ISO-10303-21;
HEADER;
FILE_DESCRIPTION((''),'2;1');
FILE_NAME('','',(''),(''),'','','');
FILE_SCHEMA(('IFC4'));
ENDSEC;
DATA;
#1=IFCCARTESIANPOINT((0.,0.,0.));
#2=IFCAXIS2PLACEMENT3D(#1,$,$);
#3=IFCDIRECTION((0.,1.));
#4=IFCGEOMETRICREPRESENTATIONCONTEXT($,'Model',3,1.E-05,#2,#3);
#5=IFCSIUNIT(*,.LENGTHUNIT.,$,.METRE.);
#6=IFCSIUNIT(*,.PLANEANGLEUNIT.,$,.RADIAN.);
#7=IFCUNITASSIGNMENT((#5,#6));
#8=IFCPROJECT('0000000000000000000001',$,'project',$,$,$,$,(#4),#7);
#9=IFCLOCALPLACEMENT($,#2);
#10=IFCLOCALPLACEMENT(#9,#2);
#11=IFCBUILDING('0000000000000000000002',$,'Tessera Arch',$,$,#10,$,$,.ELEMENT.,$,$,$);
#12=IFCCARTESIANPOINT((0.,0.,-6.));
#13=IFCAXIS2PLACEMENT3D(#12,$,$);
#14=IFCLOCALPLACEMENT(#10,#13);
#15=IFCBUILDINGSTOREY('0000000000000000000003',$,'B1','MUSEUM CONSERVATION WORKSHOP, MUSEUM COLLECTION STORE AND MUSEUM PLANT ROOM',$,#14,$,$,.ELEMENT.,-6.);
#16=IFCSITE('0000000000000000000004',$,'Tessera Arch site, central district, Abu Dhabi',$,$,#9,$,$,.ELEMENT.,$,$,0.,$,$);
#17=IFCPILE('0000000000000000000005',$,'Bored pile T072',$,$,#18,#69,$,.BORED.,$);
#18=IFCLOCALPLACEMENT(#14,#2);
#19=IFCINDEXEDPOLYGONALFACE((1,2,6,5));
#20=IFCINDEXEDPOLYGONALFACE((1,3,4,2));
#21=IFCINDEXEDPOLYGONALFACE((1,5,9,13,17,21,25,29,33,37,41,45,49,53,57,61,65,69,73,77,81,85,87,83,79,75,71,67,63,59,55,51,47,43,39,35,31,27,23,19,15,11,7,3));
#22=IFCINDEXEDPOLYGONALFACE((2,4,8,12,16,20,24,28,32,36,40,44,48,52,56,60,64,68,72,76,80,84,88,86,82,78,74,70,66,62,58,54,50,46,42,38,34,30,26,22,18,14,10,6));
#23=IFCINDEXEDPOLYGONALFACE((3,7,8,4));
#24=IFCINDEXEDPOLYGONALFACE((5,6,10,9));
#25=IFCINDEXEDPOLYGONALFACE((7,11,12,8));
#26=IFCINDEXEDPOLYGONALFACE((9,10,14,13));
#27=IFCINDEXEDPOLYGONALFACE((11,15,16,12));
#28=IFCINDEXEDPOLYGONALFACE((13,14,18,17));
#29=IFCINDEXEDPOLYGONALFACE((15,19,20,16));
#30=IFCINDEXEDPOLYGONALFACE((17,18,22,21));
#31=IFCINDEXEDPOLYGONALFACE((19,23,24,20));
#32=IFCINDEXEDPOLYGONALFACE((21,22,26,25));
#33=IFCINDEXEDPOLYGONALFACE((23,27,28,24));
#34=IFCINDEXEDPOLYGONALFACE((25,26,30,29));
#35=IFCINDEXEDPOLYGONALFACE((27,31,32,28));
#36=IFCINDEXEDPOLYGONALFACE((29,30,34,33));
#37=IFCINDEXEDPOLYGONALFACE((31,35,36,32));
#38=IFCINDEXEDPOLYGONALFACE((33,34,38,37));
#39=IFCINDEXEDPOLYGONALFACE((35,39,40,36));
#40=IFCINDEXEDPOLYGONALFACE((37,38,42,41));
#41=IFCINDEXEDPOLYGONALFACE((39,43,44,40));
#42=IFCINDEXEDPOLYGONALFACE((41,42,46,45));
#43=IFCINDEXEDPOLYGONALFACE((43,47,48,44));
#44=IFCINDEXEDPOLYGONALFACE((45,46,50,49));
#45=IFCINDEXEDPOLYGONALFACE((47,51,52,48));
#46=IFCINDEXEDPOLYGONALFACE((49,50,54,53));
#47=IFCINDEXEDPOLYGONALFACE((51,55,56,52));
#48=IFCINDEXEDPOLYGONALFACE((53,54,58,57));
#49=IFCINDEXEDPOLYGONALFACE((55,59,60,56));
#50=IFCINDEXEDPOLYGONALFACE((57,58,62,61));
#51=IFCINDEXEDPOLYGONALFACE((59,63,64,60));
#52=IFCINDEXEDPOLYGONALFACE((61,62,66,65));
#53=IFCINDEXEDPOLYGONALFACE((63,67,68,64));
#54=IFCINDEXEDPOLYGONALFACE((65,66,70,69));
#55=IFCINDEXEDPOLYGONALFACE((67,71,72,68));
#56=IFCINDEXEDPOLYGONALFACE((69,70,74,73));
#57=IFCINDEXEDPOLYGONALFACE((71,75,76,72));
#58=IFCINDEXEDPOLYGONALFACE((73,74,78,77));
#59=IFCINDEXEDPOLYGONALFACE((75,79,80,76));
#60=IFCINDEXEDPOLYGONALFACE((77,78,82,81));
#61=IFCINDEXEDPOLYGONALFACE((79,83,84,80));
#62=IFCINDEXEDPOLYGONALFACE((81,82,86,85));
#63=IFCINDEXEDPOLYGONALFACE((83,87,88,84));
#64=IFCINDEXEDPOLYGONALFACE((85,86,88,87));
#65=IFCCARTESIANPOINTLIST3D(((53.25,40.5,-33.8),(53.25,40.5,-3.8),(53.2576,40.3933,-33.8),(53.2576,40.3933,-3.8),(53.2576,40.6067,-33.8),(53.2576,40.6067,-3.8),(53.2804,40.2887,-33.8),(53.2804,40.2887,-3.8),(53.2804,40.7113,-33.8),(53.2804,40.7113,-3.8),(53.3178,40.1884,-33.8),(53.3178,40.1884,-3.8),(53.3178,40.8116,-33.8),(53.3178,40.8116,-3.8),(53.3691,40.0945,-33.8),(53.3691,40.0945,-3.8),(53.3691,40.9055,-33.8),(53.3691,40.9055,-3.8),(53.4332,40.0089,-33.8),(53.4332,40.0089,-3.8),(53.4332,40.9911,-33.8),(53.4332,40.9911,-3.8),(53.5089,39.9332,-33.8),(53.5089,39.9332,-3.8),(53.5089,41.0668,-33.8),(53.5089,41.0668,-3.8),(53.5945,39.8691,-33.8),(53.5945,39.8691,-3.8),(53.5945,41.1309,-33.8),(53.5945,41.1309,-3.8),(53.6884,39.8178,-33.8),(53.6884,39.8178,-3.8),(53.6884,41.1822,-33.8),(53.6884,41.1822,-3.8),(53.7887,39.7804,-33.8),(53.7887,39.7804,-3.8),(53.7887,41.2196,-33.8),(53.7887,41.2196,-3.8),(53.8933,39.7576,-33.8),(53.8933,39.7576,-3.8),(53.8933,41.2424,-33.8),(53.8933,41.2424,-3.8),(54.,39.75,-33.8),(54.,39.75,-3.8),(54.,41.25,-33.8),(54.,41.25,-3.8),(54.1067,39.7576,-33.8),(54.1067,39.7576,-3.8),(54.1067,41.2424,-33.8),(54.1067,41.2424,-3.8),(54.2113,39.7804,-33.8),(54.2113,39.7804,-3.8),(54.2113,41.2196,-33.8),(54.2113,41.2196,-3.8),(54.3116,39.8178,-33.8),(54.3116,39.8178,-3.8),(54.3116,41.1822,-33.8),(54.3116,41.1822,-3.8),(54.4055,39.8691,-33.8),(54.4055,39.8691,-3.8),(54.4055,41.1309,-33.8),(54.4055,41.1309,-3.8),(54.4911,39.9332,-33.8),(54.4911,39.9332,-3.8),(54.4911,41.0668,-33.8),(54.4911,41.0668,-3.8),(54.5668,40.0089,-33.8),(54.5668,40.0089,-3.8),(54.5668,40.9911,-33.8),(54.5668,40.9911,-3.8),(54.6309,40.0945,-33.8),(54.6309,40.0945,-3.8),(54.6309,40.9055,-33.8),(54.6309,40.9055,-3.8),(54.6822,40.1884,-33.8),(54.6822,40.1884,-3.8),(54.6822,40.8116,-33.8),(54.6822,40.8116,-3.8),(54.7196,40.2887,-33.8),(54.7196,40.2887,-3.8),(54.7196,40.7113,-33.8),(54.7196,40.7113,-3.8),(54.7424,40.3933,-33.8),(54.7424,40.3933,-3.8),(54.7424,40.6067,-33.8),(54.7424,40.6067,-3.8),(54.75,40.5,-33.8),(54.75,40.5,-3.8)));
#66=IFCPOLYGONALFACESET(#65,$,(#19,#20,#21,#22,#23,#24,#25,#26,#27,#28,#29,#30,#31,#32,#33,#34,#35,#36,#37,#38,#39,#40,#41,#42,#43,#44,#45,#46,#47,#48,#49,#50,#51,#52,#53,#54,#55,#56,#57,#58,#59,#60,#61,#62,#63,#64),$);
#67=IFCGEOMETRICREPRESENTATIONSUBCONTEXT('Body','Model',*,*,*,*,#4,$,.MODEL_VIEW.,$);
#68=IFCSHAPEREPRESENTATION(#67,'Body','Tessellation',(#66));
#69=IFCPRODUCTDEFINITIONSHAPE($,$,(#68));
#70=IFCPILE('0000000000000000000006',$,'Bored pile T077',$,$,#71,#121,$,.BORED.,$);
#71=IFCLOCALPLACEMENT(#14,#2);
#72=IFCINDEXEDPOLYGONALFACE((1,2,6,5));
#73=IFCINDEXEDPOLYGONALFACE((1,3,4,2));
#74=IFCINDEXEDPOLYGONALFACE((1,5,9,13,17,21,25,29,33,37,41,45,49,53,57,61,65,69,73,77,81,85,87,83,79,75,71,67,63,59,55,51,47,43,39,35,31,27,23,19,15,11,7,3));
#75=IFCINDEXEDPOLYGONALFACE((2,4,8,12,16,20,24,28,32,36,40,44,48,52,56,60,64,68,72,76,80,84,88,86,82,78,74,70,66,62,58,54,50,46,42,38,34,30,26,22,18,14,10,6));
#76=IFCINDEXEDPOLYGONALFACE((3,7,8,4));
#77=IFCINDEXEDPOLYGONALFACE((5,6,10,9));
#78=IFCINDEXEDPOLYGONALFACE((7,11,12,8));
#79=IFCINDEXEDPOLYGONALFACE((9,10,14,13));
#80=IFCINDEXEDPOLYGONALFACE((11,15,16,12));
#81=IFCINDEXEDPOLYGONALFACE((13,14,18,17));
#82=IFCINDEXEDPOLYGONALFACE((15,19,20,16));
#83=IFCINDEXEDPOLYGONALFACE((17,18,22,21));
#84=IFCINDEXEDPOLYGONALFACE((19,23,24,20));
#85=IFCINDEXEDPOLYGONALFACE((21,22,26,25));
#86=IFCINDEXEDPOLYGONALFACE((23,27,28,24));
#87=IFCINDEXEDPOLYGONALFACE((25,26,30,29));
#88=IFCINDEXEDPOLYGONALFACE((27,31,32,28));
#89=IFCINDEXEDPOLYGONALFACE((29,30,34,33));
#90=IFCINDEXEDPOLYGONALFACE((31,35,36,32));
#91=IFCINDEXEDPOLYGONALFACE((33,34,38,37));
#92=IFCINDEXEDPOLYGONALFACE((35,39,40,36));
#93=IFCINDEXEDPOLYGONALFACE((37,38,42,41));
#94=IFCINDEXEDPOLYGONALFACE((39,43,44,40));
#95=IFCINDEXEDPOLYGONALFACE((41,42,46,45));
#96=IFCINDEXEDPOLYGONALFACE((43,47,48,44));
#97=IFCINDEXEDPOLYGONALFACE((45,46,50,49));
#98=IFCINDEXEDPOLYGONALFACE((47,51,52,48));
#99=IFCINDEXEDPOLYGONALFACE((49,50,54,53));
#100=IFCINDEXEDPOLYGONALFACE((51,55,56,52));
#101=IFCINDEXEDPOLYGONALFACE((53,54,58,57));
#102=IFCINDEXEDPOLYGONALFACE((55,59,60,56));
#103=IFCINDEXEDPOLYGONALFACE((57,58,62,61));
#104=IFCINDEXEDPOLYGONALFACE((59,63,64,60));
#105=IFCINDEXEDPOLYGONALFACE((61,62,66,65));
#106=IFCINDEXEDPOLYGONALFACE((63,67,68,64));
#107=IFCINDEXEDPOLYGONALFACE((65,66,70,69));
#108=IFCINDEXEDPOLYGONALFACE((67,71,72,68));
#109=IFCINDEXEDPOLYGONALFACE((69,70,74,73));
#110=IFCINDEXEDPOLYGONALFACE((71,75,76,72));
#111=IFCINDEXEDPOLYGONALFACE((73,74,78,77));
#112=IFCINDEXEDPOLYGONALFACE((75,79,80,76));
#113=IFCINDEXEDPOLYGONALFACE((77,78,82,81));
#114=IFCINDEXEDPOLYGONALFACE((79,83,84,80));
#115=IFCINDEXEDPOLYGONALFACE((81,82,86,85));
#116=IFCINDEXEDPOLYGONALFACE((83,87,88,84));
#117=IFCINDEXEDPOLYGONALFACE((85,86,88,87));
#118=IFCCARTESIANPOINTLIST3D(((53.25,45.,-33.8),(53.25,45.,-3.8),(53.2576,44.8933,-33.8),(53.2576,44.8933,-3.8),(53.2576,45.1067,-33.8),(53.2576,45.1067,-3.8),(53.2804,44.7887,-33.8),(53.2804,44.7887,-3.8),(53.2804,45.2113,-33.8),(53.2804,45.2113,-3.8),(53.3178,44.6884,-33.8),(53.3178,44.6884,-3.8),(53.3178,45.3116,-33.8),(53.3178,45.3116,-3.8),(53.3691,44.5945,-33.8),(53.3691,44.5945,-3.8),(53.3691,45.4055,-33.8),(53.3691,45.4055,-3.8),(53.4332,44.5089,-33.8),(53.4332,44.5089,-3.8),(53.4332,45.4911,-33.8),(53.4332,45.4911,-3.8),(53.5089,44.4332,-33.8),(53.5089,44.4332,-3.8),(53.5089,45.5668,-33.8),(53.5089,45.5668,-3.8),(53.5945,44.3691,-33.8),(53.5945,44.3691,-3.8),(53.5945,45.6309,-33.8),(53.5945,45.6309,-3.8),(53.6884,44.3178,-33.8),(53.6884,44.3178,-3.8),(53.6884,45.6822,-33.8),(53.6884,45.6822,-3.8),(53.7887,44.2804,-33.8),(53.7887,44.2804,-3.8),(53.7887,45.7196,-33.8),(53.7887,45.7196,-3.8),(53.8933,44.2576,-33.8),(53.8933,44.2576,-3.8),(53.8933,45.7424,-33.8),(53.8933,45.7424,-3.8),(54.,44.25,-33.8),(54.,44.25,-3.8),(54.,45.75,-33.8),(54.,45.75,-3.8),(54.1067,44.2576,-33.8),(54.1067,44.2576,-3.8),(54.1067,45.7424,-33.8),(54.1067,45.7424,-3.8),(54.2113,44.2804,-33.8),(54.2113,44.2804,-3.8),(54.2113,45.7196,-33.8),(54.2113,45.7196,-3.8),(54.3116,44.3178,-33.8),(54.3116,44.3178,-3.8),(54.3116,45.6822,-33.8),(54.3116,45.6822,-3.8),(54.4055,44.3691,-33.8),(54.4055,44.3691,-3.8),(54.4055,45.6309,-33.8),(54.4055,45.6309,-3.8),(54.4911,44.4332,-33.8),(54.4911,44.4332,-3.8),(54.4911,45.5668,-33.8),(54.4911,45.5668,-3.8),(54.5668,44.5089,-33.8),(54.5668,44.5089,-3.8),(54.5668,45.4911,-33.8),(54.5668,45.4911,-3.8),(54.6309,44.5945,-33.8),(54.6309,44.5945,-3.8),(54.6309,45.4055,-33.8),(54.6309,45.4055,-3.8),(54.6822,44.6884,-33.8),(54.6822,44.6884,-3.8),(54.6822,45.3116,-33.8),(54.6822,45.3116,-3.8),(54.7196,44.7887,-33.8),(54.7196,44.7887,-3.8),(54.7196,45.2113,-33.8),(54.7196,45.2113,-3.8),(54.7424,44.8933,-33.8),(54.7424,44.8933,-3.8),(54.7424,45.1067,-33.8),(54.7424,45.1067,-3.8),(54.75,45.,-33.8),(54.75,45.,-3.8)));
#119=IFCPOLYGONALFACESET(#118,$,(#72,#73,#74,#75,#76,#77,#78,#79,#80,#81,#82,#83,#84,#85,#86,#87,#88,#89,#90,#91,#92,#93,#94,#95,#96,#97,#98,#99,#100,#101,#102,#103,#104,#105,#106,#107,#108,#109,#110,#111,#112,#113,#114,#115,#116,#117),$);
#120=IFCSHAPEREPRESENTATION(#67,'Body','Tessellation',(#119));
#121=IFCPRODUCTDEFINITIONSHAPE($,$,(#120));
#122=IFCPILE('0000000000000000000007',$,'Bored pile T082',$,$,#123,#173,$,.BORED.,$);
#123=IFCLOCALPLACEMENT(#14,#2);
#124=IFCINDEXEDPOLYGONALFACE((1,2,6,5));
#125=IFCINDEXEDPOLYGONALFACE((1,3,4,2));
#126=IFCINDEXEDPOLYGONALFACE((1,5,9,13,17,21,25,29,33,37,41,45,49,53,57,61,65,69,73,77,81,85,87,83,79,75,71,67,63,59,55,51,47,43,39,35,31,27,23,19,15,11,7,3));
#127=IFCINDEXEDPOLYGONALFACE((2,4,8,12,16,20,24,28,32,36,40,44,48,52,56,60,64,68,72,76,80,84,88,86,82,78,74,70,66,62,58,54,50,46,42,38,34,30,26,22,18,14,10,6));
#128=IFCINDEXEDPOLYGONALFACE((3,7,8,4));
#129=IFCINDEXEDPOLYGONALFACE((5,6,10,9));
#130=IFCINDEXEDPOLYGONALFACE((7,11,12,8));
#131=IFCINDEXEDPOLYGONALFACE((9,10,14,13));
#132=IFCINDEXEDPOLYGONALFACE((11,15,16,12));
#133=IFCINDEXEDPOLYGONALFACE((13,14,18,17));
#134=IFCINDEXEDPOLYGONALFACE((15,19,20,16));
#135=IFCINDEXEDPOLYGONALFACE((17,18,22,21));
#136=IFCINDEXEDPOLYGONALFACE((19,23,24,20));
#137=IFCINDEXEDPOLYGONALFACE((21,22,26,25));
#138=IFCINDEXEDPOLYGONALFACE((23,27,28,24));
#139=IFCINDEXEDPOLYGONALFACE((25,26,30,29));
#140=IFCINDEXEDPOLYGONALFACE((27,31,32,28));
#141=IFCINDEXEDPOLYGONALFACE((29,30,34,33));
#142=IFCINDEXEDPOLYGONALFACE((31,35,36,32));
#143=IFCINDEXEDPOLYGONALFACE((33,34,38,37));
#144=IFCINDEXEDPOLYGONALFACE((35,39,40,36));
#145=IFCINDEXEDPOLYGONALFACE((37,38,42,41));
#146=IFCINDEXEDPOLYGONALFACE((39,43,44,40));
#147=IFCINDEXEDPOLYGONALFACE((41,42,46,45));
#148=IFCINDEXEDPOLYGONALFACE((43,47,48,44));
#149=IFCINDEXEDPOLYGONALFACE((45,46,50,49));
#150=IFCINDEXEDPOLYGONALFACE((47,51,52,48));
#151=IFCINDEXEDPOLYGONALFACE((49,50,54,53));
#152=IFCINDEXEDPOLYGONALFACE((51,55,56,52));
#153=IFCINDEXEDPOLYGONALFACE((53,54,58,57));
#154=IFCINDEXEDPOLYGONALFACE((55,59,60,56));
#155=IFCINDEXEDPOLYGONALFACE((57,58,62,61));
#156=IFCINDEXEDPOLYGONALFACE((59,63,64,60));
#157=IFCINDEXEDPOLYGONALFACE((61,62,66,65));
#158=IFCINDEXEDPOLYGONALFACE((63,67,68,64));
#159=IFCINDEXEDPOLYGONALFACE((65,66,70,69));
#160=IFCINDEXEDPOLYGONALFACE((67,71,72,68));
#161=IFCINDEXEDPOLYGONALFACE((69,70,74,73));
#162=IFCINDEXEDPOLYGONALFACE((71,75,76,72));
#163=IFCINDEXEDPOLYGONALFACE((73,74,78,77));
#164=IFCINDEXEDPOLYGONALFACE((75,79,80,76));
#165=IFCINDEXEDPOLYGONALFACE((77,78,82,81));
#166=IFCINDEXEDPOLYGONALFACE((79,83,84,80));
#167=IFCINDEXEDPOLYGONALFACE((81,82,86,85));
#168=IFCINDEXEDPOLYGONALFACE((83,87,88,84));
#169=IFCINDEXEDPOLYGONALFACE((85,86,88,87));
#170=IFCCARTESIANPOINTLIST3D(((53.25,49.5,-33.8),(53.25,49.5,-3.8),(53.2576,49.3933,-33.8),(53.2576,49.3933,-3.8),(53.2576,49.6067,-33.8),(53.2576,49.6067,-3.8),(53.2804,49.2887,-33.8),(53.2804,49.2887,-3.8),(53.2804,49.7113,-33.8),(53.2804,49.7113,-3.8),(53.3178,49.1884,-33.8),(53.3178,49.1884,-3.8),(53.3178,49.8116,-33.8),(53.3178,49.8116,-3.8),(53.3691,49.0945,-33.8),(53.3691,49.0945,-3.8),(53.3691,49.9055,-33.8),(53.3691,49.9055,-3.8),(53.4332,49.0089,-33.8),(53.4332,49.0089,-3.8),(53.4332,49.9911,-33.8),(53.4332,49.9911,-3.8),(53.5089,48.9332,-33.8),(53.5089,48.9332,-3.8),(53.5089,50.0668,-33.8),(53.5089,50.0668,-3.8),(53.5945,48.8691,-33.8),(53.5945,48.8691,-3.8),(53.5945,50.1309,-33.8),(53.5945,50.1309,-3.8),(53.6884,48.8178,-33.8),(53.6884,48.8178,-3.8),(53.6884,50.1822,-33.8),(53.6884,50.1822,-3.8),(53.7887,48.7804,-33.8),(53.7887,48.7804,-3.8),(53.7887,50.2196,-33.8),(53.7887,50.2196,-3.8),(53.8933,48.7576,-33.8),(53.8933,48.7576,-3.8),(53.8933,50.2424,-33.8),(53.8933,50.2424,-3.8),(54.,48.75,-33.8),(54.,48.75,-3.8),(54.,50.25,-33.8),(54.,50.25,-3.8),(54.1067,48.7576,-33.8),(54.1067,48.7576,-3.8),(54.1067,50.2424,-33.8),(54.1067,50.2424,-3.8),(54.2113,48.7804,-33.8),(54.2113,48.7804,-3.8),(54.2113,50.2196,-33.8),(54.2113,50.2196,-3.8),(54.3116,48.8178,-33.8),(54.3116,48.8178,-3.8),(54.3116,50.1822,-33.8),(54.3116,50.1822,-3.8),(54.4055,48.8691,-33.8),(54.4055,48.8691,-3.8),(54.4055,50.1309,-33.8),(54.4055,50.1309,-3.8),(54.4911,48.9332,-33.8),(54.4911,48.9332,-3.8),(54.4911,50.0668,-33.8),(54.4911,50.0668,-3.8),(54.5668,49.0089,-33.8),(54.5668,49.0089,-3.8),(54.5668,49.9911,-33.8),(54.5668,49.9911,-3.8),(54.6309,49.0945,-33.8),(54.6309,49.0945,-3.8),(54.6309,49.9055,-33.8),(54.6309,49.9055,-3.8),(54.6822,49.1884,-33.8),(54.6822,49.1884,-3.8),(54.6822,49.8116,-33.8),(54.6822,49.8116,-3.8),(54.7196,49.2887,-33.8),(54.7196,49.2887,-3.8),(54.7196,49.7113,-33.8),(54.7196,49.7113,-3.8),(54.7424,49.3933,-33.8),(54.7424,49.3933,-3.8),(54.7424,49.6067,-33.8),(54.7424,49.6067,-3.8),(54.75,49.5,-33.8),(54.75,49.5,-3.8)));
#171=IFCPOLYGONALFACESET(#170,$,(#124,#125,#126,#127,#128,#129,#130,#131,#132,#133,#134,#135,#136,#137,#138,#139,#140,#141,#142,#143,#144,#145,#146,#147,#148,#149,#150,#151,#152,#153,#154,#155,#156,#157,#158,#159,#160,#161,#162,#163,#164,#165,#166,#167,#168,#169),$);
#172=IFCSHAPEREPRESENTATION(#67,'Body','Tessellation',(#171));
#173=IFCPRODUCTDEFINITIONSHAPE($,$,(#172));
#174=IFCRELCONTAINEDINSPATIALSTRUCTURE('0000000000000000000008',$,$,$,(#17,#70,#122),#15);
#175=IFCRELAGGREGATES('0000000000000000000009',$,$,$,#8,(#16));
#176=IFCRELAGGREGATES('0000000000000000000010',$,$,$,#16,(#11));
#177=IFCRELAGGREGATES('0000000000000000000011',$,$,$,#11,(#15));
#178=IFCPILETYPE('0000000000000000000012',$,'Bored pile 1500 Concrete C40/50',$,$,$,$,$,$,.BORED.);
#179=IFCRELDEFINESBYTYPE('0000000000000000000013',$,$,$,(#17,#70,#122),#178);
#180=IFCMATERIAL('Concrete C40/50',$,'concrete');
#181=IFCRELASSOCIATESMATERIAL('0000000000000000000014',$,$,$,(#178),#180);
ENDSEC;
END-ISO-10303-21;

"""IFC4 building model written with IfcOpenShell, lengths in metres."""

from ifc_helpers import new_model, si_unit, direction, frame, origin, origin_2d, place, context, subcontext, project, spatial, circle, extrude, material, type_object, element, save


model = new_model("IFC4")

# Units and contexts
model_context = context("Model", 3, precision=1e-05, world=origin(), true_north=direction((0.0, 1.0)))
body_context = subcontext(model_context, "Body", "Model", "MODEL_VIEW")
ifc_project = project(units=[si_unit("LENGTHUNIT", "METRE"), si_unit("PLANEANGLEUNIT", "RADIAN")], contexts=[model_context])

# Site, building, storey
site_placement = place(None, origin())
site = spatial("IfcSite", under=ifc_project, at=site_placement, Name="Tessera Arch site, central district, Abu Dhabi", CompositionType="ELEMENT", RefElevation=0.0)
building_placement = place(site_placement, origin())
building = spatial("IfcBuilding", under=site, at=building_placement, Name="Tessera Arch", CompositionType="ELEMENT")
storey_placement = place(building_placement, frame((0.0, 0.0, -6.0)))
storey = spatial("IfcBuildingStorey", under=building, at=storey_placement, Name="B1", Description="MUSEUM CONSERVATION WORKSHOP, MUSEUM COLLECTION STORE AND MUSEUM PLANT ROOM", CompositionType="ELEMENT", Elevation=-6.0)

# Piles
ifc_material_1 = material(Name="Concrete C40/50", Category="concrete")
pile_type = type_object("IfcPileType", Name="Bored pile 1500 Concrete C40/50", PredefinedType="BORED", material=ifc_material_1)
for number, where, z_axis, x_axis, name in (
    (1, (54.0, 40.5, -3.8), (0.0, 0.0, -1.0), (1.0, 0.0, 0.0), "Bored pile T072"),
    (2, (54.0, 45.0, -3.8), (0.0, 0.0, -1.0), (1.0, 0.0, 0.0), "Bored pile T077"),
    (3, (54.0, 49.5, -3.8), (0.0, 0.0, -1.0), (1.0, 0.0, 0.0), "Bored pile T082"),
):
    element("IfcPile", number, at=place(storey_placement, frame(where, z_axis=z_axis, x_axis=x_axis)), inside=storey, type_object=pile_type, Name=name, PredefinedType="BORED", context=body_context, shape_type="SweptSolid", body=[
        extrude(circle(Radius=0.75, at=origin_2d()), origin(), (0.0, 0.0, 1.0), 30.0),
    ])

save(model, "model.ifc")
